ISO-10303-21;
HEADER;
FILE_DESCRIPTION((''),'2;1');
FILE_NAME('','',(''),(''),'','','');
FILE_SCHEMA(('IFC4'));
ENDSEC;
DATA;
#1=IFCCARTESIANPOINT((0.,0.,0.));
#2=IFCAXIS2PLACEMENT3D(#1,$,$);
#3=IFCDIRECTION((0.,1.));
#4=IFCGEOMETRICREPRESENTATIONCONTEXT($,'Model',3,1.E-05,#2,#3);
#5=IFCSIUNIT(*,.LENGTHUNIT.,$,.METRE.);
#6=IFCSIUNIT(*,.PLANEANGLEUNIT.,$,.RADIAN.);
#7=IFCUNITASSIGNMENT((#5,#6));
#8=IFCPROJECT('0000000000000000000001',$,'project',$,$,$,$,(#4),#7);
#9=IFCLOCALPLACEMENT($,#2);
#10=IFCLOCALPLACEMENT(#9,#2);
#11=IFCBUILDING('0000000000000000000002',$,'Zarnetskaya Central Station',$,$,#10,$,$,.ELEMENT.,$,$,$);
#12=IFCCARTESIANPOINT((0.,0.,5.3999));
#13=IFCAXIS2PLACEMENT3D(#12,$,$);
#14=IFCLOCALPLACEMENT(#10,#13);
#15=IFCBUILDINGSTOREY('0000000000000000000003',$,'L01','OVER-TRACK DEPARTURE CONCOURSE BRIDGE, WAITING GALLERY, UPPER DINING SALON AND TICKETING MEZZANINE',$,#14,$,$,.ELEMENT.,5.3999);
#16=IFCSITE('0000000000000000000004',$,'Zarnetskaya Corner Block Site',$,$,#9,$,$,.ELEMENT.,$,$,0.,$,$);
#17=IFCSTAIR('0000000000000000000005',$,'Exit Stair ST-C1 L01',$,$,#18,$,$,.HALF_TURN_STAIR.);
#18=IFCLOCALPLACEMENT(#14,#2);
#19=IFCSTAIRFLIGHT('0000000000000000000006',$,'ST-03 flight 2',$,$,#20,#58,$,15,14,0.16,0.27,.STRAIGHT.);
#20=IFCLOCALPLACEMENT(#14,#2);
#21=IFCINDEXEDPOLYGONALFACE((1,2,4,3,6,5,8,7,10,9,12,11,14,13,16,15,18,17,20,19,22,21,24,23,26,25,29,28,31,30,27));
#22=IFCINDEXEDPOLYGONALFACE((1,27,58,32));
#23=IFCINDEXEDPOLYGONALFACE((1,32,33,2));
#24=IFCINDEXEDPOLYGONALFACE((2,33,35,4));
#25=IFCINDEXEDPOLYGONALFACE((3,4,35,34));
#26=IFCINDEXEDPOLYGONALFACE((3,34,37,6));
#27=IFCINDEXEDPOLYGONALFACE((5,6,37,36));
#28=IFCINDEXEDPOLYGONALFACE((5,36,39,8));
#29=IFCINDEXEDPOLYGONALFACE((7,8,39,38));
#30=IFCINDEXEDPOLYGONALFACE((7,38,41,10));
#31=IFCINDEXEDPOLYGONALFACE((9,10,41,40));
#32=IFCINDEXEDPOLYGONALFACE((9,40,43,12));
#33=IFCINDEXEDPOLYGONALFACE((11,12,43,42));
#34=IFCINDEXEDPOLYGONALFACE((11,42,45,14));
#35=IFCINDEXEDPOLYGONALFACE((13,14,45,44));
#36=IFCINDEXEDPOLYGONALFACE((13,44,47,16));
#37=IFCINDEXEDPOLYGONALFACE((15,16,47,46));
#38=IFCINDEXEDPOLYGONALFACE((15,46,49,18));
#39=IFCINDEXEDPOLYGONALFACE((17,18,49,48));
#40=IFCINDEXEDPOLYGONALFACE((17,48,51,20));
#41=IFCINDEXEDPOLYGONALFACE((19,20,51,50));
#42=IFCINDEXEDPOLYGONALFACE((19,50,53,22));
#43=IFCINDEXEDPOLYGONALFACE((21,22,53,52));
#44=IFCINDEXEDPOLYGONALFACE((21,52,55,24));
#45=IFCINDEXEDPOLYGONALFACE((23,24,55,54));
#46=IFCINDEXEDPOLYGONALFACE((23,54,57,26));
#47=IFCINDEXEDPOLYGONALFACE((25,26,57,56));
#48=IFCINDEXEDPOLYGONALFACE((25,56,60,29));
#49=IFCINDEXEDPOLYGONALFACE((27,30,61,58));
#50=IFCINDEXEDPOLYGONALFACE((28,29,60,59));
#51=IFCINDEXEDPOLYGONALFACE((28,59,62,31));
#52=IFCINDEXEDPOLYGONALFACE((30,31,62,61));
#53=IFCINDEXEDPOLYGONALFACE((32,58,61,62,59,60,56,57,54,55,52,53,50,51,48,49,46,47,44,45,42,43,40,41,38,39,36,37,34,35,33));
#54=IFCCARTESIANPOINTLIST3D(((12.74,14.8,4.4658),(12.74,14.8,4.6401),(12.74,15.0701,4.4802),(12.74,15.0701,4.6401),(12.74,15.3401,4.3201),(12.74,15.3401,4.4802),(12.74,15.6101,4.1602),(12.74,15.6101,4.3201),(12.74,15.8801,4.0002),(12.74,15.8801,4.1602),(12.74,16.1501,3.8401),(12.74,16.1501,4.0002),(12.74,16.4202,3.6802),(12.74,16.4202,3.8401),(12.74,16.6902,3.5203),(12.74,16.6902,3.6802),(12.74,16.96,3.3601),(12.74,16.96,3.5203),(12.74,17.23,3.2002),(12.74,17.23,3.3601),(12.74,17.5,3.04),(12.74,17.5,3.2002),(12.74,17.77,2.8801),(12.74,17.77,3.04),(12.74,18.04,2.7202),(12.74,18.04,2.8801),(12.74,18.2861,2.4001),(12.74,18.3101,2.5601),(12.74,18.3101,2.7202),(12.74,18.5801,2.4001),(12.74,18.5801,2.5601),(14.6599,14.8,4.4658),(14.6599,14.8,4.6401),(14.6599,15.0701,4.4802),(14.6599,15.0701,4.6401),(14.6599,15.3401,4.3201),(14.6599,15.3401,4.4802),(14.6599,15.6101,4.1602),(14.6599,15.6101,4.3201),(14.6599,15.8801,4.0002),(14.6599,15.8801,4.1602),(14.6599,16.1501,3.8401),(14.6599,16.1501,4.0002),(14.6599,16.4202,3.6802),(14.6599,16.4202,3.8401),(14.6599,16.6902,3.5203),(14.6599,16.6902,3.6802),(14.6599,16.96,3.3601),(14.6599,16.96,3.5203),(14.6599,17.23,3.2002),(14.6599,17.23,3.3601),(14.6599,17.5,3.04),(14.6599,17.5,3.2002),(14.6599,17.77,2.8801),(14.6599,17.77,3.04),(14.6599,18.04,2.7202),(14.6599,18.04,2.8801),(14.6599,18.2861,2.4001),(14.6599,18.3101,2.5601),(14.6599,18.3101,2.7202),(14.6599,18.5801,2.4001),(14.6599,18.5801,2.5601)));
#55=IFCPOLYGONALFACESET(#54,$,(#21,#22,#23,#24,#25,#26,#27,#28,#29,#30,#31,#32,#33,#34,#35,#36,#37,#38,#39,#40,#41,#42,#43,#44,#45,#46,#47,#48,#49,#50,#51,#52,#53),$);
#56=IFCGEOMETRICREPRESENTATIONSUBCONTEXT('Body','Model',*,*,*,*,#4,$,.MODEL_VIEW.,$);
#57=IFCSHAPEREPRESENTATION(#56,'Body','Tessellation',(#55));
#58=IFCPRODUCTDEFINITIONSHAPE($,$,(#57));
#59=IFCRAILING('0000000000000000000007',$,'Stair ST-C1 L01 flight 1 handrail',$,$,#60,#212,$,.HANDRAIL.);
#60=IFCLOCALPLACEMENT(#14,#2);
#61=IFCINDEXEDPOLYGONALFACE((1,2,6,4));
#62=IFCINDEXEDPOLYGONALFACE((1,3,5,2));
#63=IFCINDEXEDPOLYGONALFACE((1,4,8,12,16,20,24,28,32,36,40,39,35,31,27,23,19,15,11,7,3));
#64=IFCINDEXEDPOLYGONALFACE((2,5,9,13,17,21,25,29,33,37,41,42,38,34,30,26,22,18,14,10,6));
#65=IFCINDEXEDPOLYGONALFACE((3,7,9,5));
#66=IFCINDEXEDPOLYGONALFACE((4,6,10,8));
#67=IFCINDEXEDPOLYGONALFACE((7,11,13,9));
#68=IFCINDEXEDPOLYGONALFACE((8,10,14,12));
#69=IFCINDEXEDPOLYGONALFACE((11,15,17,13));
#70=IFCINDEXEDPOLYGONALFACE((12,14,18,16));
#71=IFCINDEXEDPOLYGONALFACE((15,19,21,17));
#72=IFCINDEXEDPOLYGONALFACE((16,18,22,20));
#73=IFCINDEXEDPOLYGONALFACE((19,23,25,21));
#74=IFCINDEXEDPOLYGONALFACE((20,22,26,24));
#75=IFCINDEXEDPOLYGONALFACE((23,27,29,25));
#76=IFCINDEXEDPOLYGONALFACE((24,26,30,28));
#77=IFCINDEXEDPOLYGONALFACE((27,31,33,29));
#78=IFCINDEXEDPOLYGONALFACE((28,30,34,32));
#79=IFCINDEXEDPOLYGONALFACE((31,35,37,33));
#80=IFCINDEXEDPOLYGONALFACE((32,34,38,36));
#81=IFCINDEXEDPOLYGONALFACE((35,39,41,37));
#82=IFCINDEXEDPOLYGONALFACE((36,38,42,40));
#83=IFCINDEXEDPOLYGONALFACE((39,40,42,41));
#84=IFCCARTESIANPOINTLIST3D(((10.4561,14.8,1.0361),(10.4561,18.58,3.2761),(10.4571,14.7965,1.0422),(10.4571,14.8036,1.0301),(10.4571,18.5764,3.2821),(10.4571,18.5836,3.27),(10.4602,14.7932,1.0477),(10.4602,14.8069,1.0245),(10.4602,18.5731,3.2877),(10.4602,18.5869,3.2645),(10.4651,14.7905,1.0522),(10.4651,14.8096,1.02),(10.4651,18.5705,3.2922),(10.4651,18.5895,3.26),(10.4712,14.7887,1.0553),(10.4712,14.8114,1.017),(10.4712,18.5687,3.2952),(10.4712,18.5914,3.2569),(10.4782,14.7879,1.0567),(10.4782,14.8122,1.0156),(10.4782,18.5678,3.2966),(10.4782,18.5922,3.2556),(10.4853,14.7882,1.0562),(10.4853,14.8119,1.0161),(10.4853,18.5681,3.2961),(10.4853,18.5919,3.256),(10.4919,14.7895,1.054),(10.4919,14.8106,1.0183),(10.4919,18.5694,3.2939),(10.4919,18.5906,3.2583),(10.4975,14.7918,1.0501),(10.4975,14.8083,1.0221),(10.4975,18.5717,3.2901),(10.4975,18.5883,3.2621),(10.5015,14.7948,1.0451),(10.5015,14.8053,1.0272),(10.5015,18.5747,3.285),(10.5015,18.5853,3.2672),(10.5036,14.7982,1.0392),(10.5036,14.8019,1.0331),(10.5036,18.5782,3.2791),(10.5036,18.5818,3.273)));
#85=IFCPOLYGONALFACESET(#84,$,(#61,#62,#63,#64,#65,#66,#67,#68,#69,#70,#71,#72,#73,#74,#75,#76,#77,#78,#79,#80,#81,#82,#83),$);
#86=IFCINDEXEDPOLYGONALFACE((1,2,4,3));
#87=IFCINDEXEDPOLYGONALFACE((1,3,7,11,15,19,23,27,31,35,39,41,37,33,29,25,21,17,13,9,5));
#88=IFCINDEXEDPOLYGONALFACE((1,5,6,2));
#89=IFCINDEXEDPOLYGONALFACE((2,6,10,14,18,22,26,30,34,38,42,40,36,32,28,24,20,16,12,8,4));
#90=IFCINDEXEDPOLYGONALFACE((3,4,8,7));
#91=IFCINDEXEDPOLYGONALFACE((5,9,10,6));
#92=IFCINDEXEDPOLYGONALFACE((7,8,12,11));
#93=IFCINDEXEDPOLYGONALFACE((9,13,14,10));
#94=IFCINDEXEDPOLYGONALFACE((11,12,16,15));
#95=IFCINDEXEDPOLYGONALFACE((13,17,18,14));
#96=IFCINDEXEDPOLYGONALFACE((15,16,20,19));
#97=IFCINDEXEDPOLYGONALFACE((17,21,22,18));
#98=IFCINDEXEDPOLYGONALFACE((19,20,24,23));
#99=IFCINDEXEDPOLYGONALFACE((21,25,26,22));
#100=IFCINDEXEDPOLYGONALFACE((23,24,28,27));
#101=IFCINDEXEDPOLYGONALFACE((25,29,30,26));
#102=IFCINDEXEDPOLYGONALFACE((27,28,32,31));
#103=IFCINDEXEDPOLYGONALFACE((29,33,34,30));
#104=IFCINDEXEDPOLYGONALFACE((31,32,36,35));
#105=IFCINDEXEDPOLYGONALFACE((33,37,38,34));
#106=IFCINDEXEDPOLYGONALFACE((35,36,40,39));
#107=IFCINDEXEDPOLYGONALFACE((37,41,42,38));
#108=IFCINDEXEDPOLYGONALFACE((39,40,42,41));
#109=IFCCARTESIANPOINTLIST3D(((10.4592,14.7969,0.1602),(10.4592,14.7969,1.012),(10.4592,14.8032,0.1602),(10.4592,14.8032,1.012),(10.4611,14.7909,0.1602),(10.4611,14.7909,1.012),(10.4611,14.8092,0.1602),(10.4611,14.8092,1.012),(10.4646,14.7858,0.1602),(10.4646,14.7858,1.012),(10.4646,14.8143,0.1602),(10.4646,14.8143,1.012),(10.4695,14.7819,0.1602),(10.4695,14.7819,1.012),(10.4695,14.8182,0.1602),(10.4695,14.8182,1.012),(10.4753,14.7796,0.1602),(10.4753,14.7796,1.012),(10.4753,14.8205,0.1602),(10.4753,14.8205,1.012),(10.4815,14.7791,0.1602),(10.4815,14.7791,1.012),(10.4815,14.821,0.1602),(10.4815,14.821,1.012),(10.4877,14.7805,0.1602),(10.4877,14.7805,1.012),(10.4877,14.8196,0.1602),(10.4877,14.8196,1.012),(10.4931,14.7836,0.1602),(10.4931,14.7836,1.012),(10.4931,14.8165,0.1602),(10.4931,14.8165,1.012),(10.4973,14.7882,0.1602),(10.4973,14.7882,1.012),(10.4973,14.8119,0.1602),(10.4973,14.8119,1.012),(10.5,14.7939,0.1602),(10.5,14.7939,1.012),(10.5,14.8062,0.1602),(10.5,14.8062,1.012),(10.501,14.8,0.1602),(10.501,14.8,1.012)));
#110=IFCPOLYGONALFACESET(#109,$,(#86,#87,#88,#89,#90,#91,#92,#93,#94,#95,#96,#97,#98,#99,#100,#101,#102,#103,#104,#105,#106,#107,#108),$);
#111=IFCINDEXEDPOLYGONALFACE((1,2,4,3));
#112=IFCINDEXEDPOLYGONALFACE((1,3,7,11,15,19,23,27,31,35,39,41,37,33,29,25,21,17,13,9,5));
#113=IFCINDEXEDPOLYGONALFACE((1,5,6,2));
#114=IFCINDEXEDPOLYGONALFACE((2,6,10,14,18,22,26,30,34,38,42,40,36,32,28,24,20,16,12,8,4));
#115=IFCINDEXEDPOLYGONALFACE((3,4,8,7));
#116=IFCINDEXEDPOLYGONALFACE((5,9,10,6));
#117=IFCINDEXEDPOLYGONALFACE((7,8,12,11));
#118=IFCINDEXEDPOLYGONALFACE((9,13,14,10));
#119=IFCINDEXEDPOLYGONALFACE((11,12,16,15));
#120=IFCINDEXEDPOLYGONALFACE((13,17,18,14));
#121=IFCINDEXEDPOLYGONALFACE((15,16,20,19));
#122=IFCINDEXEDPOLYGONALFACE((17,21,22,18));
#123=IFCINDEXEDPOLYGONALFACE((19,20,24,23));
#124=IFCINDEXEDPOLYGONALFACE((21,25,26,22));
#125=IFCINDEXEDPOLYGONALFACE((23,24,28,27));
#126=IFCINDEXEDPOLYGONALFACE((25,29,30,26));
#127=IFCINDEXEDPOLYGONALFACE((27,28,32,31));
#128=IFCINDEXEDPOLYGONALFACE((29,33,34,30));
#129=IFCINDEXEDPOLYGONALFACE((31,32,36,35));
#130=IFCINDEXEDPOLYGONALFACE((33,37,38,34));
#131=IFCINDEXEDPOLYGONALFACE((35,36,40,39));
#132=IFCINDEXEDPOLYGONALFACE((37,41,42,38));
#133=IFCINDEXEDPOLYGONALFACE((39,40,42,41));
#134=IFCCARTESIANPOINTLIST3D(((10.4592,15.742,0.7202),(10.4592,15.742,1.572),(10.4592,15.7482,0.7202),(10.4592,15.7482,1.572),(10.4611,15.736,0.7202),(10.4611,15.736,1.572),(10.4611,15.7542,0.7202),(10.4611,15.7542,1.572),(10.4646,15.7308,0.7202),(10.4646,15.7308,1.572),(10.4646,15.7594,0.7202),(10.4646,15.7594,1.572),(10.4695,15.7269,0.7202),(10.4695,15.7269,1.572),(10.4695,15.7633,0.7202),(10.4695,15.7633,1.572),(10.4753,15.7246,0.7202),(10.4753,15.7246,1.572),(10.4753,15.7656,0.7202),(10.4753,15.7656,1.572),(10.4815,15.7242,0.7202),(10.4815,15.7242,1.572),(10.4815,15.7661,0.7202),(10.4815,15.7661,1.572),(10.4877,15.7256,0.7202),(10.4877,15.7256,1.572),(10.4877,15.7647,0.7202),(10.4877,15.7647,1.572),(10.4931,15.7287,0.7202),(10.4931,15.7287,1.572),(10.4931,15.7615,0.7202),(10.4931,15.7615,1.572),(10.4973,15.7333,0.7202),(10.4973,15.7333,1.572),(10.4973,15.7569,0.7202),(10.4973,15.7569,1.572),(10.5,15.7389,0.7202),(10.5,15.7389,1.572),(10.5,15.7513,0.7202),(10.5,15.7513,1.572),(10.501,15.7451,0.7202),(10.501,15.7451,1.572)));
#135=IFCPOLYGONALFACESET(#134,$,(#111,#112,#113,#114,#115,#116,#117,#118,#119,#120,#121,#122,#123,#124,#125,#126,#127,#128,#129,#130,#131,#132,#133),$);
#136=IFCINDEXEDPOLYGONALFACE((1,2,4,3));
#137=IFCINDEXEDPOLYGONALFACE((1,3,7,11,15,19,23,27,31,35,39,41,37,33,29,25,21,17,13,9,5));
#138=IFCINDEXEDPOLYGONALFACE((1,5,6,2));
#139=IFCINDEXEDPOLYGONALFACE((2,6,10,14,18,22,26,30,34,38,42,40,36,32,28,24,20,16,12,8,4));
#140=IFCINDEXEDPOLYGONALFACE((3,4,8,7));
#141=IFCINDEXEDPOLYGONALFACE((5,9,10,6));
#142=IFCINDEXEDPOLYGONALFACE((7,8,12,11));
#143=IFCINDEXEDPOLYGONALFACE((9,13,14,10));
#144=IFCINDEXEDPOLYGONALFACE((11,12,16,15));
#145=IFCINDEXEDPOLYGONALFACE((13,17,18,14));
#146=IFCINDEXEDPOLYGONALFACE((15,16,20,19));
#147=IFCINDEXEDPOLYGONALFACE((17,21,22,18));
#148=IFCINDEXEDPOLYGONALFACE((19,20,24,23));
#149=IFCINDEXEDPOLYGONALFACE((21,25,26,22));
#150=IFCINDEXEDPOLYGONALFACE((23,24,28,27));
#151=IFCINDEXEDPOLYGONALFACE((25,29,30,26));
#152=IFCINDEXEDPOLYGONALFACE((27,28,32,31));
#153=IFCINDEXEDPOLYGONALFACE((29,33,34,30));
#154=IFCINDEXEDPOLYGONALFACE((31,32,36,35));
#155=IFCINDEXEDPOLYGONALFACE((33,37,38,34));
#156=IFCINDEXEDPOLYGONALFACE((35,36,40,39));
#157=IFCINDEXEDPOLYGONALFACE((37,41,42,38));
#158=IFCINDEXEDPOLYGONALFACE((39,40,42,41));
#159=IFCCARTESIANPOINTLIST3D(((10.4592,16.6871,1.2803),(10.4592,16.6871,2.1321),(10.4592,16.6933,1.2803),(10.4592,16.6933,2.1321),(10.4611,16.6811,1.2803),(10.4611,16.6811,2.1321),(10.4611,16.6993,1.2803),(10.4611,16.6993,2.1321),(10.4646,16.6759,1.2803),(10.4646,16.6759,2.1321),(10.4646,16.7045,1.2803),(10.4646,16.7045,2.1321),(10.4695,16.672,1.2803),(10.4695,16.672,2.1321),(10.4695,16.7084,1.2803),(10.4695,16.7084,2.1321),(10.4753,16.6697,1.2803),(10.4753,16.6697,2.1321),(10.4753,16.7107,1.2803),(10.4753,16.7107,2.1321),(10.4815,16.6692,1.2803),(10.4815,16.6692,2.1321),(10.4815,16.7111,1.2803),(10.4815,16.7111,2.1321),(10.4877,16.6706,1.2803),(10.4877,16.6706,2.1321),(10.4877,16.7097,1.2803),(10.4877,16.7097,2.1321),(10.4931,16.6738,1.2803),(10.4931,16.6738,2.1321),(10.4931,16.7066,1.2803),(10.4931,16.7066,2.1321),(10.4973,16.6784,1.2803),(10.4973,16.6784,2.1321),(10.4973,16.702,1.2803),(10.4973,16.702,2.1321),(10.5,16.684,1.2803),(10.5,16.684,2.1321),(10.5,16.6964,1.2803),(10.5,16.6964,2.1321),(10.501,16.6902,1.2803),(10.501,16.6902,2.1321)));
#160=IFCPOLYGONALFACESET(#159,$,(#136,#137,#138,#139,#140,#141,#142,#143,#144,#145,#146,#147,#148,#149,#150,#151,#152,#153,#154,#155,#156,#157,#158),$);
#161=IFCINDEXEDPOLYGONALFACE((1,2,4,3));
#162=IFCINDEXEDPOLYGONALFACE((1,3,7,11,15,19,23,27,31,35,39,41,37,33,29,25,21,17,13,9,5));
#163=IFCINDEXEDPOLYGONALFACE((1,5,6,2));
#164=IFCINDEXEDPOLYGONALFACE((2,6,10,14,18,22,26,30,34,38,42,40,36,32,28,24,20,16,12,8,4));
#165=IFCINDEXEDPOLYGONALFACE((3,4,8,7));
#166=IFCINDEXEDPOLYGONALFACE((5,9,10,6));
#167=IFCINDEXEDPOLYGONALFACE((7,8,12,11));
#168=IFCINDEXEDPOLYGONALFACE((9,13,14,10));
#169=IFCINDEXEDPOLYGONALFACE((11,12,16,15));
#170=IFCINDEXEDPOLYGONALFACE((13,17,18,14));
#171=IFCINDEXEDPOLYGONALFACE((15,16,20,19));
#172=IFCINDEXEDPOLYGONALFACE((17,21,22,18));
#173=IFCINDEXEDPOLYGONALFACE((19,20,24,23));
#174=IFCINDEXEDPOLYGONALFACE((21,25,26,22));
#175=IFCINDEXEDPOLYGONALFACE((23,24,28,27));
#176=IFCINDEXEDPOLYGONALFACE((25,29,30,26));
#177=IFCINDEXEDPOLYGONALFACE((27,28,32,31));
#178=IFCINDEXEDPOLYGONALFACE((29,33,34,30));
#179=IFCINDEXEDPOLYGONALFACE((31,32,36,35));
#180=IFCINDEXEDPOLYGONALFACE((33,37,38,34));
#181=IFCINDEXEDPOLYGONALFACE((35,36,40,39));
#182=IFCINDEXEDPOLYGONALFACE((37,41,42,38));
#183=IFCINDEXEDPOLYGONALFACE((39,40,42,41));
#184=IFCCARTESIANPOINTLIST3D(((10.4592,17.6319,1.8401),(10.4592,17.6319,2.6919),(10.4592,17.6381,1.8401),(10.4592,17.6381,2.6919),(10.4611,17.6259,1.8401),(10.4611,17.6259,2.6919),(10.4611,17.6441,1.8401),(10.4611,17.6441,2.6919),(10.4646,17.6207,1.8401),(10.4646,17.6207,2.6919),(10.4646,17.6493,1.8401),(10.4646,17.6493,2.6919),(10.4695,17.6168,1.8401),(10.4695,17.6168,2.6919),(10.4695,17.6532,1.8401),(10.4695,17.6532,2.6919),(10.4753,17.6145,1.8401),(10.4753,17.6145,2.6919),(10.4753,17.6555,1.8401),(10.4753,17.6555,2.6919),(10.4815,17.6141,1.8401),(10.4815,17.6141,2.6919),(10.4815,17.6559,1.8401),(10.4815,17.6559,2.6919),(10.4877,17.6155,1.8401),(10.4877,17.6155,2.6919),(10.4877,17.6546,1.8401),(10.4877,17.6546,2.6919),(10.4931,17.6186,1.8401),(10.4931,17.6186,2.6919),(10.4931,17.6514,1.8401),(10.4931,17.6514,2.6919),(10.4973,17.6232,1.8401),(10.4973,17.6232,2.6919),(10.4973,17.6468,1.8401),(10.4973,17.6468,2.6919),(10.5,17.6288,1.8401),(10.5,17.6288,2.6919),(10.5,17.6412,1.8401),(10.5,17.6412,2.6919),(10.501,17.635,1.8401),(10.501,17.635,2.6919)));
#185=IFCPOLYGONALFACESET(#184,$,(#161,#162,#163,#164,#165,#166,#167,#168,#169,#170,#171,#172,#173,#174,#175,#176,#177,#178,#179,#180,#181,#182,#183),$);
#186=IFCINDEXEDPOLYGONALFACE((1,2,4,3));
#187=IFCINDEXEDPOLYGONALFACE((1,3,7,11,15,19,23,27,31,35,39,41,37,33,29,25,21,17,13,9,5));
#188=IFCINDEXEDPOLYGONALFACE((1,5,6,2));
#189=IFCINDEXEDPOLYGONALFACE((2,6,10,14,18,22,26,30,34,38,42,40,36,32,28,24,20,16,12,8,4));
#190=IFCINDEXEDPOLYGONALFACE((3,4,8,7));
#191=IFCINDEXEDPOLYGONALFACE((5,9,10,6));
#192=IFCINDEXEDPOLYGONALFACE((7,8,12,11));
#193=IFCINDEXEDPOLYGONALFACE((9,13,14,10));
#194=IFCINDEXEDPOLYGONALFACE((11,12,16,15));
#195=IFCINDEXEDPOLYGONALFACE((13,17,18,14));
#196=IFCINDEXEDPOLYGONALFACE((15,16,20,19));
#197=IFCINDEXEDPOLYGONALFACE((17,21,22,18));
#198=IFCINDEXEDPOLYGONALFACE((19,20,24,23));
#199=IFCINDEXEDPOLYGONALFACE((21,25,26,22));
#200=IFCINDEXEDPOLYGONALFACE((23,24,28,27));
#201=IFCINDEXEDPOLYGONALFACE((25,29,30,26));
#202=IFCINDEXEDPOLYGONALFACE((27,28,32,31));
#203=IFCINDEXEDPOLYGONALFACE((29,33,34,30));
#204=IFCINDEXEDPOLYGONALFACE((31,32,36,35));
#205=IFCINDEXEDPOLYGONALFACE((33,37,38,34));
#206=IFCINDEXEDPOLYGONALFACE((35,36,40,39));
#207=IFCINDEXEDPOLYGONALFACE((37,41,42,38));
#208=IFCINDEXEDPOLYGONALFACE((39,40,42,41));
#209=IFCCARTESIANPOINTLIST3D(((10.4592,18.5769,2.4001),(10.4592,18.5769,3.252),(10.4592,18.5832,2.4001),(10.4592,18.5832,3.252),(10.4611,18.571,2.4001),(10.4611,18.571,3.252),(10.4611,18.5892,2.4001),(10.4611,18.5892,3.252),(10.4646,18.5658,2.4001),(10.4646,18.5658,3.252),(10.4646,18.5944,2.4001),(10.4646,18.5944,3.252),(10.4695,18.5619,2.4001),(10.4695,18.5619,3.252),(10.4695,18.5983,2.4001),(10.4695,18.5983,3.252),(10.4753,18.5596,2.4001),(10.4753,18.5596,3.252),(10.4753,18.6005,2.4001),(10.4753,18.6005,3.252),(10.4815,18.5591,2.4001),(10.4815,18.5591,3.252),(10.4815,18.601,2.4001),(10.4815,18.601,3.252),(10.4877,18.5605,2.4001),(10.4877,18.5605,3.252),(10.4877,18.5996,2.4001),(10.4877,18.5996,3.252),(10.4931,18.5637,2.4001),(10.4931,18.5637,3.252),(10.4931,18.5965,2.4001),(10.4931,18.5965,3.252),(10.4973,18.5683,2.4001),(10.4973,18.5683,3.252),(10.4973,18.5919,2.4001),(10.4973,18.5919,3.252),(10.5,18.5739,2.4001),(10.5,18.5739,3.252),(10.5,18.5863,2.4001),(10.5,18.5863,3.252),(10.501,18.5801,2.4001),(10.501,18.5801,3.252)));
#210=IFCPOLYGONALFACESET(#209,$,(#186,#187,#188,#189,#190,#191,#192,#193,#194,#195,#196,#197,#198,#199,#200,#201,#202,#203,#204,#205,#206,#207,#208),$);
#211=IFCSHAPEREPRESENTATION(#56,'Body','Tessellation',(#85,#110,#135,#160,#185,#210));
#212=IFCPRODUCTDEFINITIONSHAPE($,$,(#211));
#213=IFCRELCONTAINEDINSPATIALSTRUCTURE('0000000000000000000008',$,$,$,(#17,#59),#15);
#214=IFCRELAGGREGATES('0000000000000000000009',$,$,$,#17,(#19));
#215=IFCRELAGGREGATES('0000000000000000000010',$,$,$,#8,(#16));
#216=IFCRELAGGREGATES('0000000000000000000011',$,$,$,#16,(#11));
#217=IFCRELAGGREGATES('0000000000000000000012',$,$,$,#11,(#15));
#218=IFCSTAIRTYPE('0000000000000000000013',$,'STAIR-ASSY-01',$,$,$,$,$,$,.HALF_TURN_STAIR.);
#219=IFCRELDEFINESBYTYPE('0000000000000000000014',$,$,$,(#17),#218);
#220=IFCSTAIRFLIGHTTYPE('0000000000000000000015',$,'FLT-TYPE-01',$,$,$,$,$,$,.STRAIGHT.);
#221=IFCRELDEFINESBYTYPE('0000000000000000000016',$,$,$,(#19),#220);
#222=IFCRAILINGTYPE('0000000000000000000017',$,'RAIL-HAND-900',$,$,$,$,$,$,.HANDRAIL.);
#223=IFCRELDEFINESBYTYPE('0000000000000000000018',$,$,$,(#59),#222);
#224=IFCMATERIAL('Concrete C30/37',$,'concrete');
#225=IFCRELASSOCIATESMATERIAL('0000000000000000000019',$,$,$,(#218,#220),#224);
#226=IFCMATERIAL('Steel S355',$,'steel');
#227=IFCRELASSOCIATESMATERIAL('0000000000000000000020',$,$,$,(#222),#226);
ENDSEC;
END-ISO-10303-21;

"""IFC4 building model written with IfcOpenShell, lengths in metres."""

from ifc_helpers import new_model, si_unit, direction, frame, origin, origin_2d, place, context, subcontext, project, spatial, polyline, circle, outline, extrude, material, type_object, element, aggregate, save


model = new_model("IFC4")

# Units and contexts
model_context = context("Model", 3, precision=1e-05, world=origin(), true_north=direction((0.0, 1.0)))
body_context = subcontext(model_context, "Body", "Model", "MODEL_VIEW")
ifc_project = project(units=[si_unit("LENGTHUNIT", "METRE"), si_unit("PLANEANGLEUNIT", "RADIAN")], contexts=[model_context])

# Site, building, storey
site_placement = place(None, origin())
site = spatial("IfcSite", under=ifc_project, at=site_placement, Name="Zarnetskaya Corner Block Site", CompositionType="ELEMENT", RefElevation=0.0)
building_placement = place(site_placement, origin())
building = spatial("IfcBuilding", under=site, at=building_placement, Name="Zarnetskaya Central Station", CompositionType="ELEMENT")
storey_placement = place(building_placement, frame((0.0, 0.0, 5.3999)))
storey = spatial("IfcBuildingStorey", under=building, at=storey_placement, Name="L01", Description="OVER-TRACK DEPARTURE CONCOURSE BRIDGE, WAITING GALLERY, UPPER DINING SALON AND TICKETING MEZZANINE", CompositionType="ELEMENT", Elevation=5.3999)

# Shared definitions
ifc_material_1 = material(Name="Steel S355", Category="steel")

# Stair, stair flight
ifc_material_2 = material(Name="Concrete C30/37", Category="concrete")
stair_type = type_object("IfcStairType", Name="STAIR-ASSY-01", PredefinedType="HALF_TURN_STAIR", material=ifc_material_2)
stair_placement = place(storey_placement, origin())
stair = element("IfcStair", 1, at=stair_placement, inside=storey, type_object=stair_type, Name="Exit Stair ST-C1 L01", PredefinedType="HALF_TURN_STAIR")
stair_flight_type = type_object("IfcStairFlightType", Name="FLT-TYPE-01", PredefinedType="STRAIGHT", material=ifc_material_2)
stair_flight_1_placement = place(storey_placement, frame((13.7, 18.5801, 2.4001), z_axis=(0.0, 0.0, 1.0), x_axis=(0.0, -1.0, 0.0)))
stair_flight_1 = element("IfcStairFlight", 2, at=stair_flight_1_placement, type_object=stair_flight_type, Name="ST-03 flight 2", NumberOfRisers=15, NumberOfTreads=14, PredefinedType="STRAIGHT", RiserHeight=0.16, TreadLength=0.27, context=body_context, shape_type="SweptSolid", body=[
    extrude(outline(polyline([(0.0, 0.0), (0.0, 0.1599), (0.27, 0.1599), (0.27, 0.3201), (0.54, 0.3201), (0.54, 0.48), (0.8101, 0.48), (0.8101, 0.6399), (1.0801, 0.6399), (1.0801, 0.8), (1.3501, 0.8), (1.3501, 0.96), (1.6201, 0.96), (1.6201, 1.1201), (1.8899, 1.1201), (1.8899, 1.28), (2.1599, 1.28), (2.1599, 1.4399), (2.4299, 1.4399), (2.4299, 1.6001), (2.7, 1.6001), (2.7, 1.76), (2.97, 1.76), (2.97, 1.9199), (3.24, 1.9199), (3.24, 2.0801), (3.51, 2.0801), (3.51, 2.24), (3.78, 2.24), (3.78, 2.3999), (3.78, 2.0657), (0.2939, 0.0), (0.0, 0.0)])), frame((0.0, 0.96, 0.0), z_axis=(0.0, -1.0, 0.0), x_axis=(1.0, 0.0, 0.0)), (0.0, 0.0, 1.0), 1.9199),
])
aggregate(stair, [stair_flight_1])

# Railing
railing_type_1 = type_object("IfcRailingType", Name="RAIL-HAND-900", PredefinedType="HANDRAIL", material=ifc_material_1)
railing_1_placement = place(storey_placement, frame((10.48, 14.8, 0.1602)))
element("IfcRailing", 3, at=railing_1_placement, inside=storey, type_object=railing_type_1, Name="Stair ST-C1 L01 flight 1 handrail", PredefinedType="HANDRAIL", context=body_context, shape_type="SweptSolid", body=[
    extrude(circle(Radius=0.0239, at=origin_2d()), frame((0.0, 0.0, 0.876), z_axis=(0.0, 0.860294, 0.509798), x_axis=(-1.0, 0.0, 0.0)), (0.0, 0.0, 1.0), 4.3938),
    extrude(circle(Radius=0.021, at=origin_2d()), origin(), (0.0, 0.0, 1.0), 0.8518),
    extrude(circle(Radius=0.021, at=origin_2d()), frame((0.0, 0.9451, 0.5601)), (0.0, 0.0, 1.0), 0.8518),
    extrude(circle(Radius=0.021, at=origin_2d()), frame((0.0, 1.8901, 1.1201)), (0.0, 0.0, 1.0), 0.8518),
    extrude(circle(Radius=0.021, at=origin_2d()), frame((0.0, 2.835, 1.6799)), (0.0, 0.0, 1.0), 0.8518),
    extrude(circle(Radius=0.021, at=origin_2d()), frame((0.0, 3.78, 2.24)), (0.0, 0.0, 1.0), 0.8518),
])

save(model, "model.ifc")
